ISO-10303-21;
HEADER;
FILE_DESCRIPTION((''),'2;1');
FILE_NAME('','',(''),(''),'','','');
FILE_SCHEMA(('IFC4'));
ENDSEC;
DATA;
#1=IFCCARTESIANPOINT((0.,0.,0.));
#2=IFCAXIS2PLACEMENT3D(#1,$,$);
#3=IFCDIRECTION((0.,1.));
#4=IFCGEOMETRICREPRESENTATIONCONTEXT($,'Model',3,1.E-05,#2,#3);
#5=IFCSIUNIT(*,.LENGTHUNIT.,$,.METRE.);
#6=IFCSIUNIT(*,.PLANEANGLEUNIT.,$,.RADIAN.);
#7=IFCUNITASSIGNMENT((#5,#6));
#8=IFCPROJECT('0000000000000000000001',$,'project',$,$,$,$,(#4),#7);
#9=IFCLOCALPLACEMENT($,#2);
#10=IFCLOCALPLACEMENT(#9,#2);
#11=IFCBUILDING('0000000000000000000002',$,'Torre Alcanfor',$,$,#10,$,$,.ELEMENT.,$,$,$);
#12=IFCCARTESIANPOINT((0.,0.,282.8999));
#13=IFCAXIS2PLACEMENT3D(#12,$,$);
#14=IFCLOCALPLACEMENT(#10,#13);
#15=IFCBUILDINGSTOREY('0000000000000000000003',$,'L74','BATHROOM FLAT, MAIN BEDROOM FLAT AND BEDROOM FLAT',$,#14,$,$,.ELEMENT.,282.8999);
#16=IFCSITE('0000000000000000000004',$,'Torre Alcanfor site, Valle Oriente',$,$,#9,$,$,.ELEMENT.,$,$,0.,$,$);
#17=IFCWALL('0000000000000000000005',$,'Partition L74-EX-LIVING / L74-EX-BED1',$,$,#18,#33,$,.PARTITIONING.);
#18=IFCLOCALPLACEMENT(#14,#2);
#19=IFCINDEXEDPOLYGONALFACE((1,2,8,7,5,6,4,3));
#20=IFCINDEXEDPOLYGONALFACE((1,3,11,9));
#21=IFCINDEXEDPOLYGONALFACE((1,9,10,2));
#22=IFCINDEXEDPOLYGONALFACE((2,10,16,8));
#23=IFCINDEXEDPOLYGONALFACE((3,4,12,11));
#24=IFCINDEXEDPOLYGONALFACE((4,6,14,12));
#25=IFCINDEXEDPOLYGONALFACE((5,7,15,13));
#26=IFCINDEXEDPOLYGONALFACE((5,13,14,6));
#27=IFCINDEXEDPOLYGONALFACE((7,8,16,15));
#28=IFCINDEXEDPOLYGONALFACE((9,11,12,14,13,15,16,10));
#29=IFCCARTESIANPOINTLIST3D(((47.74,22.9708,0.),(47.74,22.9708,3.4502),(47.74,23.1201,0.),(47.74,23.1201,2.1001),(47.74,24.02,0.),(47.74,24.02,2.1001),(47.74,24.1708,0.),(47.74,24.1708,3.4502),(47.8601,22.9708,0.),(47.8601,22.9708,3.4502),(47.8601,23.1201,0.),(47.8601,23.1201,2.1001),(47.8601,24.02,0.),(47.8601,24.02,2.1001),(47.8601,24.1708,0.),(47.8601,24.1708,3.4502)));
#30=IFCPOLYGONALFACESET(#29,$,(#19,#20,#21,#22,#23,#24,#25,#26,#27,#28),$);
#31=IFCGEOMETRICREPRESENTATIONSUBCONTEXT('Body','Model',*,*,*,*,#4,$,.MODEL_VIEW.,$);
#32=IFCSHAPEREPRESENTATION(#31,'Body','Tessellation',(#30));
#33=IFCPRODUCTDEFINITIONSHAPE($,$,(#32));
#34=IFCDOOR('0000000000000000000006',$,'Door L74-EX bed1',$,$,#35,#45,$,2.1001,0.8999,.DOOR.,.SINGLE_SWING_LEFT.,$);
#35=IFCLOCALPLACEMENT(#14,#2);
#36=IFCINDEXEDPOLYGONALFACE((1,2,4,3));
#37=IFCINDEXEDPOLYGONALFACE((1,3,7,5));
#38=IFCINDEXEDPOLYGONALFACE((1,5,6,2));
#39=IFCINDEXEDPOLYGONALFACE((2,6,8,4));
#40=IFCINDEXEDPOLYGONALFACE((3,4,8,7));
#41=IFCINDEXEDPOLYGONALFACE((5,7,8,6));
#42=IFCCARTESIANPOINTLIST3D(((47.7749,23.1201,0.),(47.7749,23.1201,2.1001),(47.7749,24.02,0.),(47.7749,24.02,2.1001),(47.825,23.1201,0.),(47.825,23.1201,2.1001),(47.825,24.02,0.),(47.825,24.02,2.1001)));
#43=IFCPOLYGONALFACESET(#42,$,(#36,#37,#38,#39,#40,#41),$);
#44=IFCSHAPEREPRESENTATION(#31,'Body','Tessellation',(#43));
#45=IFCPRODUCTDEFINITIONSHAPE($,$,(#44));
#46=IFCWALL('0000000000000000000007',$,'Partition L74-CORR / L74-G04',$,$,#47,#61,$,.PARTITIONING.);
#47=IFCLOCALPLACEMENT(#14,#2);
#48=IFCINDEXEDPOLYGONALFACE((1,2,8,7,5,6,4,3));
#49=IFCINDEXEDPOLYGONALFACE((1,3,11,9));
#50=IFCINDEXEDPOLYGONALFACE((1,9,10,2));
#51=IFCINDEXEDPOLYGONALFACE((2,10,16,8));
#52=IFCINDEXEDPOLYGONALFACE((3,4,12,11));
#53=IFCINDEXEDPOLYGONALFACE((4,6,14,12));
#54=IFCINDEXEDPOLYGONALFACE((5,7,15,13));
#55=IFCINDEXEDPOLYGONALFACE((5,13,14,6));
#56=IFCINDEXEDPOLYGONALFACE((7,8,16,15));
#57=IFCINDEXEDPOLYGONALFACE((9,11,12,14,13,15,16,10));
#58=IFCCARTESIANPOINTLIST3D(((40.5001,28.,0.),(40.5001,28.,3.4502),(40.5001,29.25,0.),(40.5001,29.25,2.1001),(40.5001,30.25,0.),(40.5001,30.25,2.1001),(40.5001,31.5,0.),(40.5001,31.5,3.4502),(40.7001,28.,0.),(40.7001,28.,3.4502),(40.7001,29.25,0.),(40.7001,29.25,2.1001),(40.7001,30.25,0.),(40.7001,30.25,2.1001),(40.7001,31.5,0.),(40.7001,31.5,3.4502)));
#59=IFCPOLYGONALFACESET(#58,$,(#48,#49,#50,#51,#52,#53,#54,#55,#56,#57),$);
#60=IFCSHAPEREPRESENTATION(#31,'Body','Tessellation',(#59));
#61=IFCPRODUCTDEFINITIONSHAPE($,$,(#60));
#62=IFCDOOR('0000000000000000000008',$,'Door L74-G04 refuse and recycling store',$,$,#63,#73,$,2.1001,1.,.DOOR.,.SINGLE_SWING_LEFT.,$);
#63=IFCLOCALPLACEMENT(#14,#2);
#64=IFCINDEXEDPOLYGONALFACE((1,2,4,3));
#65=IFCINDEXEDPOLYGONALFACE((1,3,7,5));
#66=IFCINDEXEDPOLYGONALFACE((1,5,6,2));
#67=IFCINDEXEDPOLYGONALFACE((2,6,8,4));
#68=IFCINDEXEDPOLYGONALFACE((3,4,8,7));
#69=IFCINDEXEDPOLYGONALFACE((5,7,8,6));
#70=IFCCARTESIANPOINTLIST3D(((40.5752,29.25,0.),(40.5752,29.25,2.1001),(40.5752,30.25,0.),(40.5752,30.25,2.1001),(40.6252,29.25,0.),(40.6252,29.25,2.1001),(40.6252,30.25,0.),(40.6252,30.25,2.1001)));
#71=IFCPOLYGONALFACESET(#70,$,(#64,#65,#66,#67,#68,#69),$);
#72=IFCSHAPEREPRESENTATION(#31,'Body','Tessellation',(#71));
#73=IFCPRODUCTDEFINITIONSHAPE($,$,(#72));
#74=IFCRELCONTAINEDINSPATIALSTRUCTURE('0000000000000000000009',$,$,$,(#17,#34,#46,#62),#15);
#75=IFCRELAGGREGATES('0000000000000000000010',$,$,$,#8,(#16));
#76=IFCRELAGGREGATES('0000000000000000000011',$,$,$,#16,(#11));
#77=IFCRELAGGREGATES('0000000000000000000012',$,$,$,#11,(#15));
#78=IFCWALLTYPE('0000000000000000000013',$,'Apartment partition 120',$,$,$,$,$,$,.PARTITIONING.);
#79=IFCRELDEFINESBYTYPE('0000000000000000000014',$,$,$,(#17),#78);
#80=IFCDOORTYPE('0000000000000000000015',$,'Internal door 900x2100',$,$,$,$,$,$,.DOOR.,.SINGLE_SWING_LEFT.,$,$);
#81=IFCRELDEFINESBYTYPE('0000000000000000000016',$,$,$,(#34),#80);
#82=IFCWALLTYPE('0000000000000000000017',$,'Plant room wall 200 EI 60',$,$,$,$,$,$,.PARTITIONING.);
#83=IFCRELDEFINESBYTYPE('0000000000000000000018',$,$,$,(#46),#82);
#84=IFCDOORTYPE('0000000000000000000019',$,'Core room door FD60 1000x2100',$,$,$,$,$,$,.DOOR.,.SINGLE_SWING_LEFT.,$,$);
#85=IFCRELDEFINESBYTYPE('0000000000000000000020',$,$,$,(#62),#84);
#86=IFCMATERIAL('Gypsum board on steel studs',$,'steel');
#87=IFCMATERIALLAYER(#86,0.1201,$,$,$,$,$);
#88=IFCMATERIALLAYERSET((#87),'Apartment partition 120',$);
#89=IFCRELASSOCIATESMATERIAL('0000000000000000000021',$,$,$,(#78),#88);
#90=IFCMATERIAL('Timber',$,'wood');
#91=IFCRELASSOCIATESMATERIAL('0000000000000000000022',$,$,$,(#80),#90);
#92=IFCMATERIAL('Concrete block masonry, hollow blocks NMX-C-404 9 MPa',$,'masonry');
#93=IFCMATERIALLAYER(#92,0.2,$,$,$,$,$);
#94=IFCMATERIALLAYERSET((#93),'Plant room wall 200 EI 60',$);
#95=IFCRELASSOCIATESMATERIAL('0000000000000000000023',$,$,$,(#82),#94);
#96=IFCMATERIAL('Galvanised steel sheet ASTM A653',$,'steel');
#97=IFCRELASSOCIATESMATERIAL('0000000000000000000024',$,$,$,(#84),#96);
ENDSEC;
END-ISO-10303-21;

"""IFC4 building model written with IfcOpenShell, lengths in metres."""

from ifc_helpers import new_model, si_unit, direction, frame, frame_2d, origin, place, context, subcontext, project, spatial, rectangle, extrude, material, layer, layer_set, type_object, element, fill, save


model = new_model("IFC4")

# Units and contexts
model_context = context("Model", 3, precision=1e-05, world=origin(), true_north=direction((0.0, 1.0)))
body_context = subcontext(model_context, "Body", "Model", "MODEL_VIEW")
ifc_project = project(units=[si_unit("LENGTHUNIT", "METRE"), si_unit("PLANEANGLEUNIT", "RADIAN")], contexts=[model_context])

# Site, building, storey
site_placement = place(None, origin())
site = spatial("IfcSite", under=ifc_project, at=site_placement, Name="Torre Alcanfor site, Valle Oriente", CompositionType="ELEMENT", RefElevation=0.0)
building_placement = place(site_placement, origin())
building = spatial("IfcBuilding", under=site, at=building_placement, Name="Torre Alcanfor", CompositionType="ELEMENT")
storey_placement = place(building_placement, frame((0.0, 0.0, 282.8999)))
storey = spatial("IfcBuildingStorey", under=building, at=storey_placement, Name="L74", Description="BATHROOM FLAT, MAIN BEDROOM FLAT AND BEDROOM FLAT", CompositionType="ELEMENT", Elevation=282.8999)

# Shared definitions
ifc_material_1 = material(Name="Gypsum board on steel studs", Category="steel")
ifc_layer_1 = layer(ifc_material_1, 0.1201)
ifc_layer_set_1 = layer_set([ifc_layer_1], Name="Apartment partition 120")
wall_type_1 = type_object("IfcWallType", Name="Apartment partition 120", PredefinedType="PARTITIONING", material=ifc_layer_set_1)
ifc_material_2 = material(Name="Timber", Category="wood")
door_type_1 = type_object("IfcDoorType", Name="Internal door 900x2100", OperationType="SINGLE_SWING_LEFT", PredefinedType="DOOR", material=ifc_material_2)

# Walls, openings, doors
wall_1_placement = place(storey_placement, frame((47.8, 24.1709, 0.0), z_axis=(0.0, 0.0, 1.0), x_axis=(0.0, -1.0, 0.0)))
wall_1 = element("IfcWall", 1, at=wall_1_placement, inside=storey, type_object=wall_type_1, Name="Partition L74-EX-LIVING / L74-EX-BED1", PredefinedType="PARTITIONING", context=body_context, shape_type="SweptSolid", body=[
    extrude(rectangle(XDim=1.2, YDim=0.1201, at=frame_2d((0.6001, 0.0))), origin(), (0.0, 0.0, 1.0), 3.4502),
])
opening_1_placement = place(wall_1_placement, frame((0.1509, 0.0, 0.0)))
opening_1 = element("IfcOpeningElement", 2, at=opening_1_placement, cuts=wall_1, PredefinedType="OPENING", context=body_context, shape_type="SweptSolid", body=[
    extrude(rectangle(XDim=0.8999, YDim=2.1001, at=frame_2d((0.45, 1.05))), frame((0.0, 0.0701, 0.0), z_axis=(0.0, -1.0, 0.0), x_axis=(1.0, 0.0, 0.0)), (0.0, 0.0, 1.0), 0.1401),
])
door_1_placement = place(opening_1_placement, origin())
door_1 = element("IfcDoor", 3, at=door_1_placement, inside=storey, type_object=door_type_1, Name="Door L74-EX bed1", OperationType="SINGLE_SWING_LEFT", OverallHeight=2.1001, OverallWidth=0.8999, PredefinedType="DOOR", context=body_context, shape_type="SweptSolid", body=[
    extrude(rectangle(XDim=0.8999, YDim=2.1001, at=frame_2d((0.45, 1.05))), frame((0.0, 0.0249, 0.0), z_axis=(0.0, -1.0, 0.0), x_axis=(1.0, 0.0, 0.0)), (0.0, 0.0, 1.0), 0.05),
])
fill(opening_1, door_1)
ifc_material_3 = material(Name="Concrete block masonry, hollow blocks NMX-C-404 9 MPa", Category="masonry")
ifc_layer_2 = layer(ifc_material_3, 0.2)
ifc_layer_set_2 = layer_set([ifc_layer_2], Name="Plant room wall 200 EI 60")
wall_type_2 = type_object("IfcWallType", Name="Plant room wall 200 EI 60", PredefinedType="PARTITIONING", material=ifc_layer_set_2)
wall_2_placement = place(storey_placement, frame((40.6001, 28.0, 0.0), z_axis=(0.0, 0.0, 1.0), x_axis=(0.0, 1.0, 0.0)))
wall_2 = element("IfcWall", 4, at=wall_2_placement, inside=storey, type_object=wall_type_2, Name="Partition L74-CORR / L74-G04", PredefinedType="PARTITIONING", context=body_context, shape_type="SweptSolid", body=[
    extrude(rectangle(XDim=3.5, YDim=0.2, at=frame_2d((1.75, 0.0))), origin(), (0.0, 0.0, 1.0), 3.4502),
])
opening_2_placement = place(wall_2_placement, frame((1.25, 0.0, 0.0)))
opening_2 = element("IfcOpeningElement", 5, at=opening_2_placement, cuts=wall_2, PredefinedType="OPENING", context=body_context, shape_type="SweptSolid", body=[
    extrude(rectangle(XDim=1.0, YDim=2.1001, at=frame_2d((0.5, 1.05))), frame((0.0, 0.1099, 0.0), z_axis=(0.0, -1.0, 0.0), x_axis=(1.0, 0.0, 0.0)), (0.0, 0.0, 1.0), 0.22),
])
ifc_material_4 = material(Name="Galvanised steel sheet ASTM A653", Category="steel")
door_type_2 = type_object("IfcDoorType", Name="Core room door FD60 1000x2100", OperationType="SINGLE_SWING_LEFT", PredefinedType="DOOR", material=ifc_material_4)
door_2_placement = place(opening_2_placement, origin())
door_2 = element("IfcDoor", 6, at=door_2_placement, inside=storey, type_object=door_type_2, Name="Door L74-G04 refuse and recycling store", OperationType="SINGLE_SWING_LEFT", OverallHeight=2.1001, OverallWidth=1.0, PredefinedType="DOOR", context=body_context, shape_type="SweptSolid", body=[
    extrude(rectangle(XDim=1.0, YDim=2.1001, at=frame_2d((0.5, 1.05))), frame((0.0, 0.0249, 0.0), z_axis=(0.0, -1.0, 0.0), x_axis=(1.0, 0.0, 0.0)), (0.0, 0.0, 1.0), 0.05),
])
fill(opening_2, door_2)

save(model, "model.ifc")
